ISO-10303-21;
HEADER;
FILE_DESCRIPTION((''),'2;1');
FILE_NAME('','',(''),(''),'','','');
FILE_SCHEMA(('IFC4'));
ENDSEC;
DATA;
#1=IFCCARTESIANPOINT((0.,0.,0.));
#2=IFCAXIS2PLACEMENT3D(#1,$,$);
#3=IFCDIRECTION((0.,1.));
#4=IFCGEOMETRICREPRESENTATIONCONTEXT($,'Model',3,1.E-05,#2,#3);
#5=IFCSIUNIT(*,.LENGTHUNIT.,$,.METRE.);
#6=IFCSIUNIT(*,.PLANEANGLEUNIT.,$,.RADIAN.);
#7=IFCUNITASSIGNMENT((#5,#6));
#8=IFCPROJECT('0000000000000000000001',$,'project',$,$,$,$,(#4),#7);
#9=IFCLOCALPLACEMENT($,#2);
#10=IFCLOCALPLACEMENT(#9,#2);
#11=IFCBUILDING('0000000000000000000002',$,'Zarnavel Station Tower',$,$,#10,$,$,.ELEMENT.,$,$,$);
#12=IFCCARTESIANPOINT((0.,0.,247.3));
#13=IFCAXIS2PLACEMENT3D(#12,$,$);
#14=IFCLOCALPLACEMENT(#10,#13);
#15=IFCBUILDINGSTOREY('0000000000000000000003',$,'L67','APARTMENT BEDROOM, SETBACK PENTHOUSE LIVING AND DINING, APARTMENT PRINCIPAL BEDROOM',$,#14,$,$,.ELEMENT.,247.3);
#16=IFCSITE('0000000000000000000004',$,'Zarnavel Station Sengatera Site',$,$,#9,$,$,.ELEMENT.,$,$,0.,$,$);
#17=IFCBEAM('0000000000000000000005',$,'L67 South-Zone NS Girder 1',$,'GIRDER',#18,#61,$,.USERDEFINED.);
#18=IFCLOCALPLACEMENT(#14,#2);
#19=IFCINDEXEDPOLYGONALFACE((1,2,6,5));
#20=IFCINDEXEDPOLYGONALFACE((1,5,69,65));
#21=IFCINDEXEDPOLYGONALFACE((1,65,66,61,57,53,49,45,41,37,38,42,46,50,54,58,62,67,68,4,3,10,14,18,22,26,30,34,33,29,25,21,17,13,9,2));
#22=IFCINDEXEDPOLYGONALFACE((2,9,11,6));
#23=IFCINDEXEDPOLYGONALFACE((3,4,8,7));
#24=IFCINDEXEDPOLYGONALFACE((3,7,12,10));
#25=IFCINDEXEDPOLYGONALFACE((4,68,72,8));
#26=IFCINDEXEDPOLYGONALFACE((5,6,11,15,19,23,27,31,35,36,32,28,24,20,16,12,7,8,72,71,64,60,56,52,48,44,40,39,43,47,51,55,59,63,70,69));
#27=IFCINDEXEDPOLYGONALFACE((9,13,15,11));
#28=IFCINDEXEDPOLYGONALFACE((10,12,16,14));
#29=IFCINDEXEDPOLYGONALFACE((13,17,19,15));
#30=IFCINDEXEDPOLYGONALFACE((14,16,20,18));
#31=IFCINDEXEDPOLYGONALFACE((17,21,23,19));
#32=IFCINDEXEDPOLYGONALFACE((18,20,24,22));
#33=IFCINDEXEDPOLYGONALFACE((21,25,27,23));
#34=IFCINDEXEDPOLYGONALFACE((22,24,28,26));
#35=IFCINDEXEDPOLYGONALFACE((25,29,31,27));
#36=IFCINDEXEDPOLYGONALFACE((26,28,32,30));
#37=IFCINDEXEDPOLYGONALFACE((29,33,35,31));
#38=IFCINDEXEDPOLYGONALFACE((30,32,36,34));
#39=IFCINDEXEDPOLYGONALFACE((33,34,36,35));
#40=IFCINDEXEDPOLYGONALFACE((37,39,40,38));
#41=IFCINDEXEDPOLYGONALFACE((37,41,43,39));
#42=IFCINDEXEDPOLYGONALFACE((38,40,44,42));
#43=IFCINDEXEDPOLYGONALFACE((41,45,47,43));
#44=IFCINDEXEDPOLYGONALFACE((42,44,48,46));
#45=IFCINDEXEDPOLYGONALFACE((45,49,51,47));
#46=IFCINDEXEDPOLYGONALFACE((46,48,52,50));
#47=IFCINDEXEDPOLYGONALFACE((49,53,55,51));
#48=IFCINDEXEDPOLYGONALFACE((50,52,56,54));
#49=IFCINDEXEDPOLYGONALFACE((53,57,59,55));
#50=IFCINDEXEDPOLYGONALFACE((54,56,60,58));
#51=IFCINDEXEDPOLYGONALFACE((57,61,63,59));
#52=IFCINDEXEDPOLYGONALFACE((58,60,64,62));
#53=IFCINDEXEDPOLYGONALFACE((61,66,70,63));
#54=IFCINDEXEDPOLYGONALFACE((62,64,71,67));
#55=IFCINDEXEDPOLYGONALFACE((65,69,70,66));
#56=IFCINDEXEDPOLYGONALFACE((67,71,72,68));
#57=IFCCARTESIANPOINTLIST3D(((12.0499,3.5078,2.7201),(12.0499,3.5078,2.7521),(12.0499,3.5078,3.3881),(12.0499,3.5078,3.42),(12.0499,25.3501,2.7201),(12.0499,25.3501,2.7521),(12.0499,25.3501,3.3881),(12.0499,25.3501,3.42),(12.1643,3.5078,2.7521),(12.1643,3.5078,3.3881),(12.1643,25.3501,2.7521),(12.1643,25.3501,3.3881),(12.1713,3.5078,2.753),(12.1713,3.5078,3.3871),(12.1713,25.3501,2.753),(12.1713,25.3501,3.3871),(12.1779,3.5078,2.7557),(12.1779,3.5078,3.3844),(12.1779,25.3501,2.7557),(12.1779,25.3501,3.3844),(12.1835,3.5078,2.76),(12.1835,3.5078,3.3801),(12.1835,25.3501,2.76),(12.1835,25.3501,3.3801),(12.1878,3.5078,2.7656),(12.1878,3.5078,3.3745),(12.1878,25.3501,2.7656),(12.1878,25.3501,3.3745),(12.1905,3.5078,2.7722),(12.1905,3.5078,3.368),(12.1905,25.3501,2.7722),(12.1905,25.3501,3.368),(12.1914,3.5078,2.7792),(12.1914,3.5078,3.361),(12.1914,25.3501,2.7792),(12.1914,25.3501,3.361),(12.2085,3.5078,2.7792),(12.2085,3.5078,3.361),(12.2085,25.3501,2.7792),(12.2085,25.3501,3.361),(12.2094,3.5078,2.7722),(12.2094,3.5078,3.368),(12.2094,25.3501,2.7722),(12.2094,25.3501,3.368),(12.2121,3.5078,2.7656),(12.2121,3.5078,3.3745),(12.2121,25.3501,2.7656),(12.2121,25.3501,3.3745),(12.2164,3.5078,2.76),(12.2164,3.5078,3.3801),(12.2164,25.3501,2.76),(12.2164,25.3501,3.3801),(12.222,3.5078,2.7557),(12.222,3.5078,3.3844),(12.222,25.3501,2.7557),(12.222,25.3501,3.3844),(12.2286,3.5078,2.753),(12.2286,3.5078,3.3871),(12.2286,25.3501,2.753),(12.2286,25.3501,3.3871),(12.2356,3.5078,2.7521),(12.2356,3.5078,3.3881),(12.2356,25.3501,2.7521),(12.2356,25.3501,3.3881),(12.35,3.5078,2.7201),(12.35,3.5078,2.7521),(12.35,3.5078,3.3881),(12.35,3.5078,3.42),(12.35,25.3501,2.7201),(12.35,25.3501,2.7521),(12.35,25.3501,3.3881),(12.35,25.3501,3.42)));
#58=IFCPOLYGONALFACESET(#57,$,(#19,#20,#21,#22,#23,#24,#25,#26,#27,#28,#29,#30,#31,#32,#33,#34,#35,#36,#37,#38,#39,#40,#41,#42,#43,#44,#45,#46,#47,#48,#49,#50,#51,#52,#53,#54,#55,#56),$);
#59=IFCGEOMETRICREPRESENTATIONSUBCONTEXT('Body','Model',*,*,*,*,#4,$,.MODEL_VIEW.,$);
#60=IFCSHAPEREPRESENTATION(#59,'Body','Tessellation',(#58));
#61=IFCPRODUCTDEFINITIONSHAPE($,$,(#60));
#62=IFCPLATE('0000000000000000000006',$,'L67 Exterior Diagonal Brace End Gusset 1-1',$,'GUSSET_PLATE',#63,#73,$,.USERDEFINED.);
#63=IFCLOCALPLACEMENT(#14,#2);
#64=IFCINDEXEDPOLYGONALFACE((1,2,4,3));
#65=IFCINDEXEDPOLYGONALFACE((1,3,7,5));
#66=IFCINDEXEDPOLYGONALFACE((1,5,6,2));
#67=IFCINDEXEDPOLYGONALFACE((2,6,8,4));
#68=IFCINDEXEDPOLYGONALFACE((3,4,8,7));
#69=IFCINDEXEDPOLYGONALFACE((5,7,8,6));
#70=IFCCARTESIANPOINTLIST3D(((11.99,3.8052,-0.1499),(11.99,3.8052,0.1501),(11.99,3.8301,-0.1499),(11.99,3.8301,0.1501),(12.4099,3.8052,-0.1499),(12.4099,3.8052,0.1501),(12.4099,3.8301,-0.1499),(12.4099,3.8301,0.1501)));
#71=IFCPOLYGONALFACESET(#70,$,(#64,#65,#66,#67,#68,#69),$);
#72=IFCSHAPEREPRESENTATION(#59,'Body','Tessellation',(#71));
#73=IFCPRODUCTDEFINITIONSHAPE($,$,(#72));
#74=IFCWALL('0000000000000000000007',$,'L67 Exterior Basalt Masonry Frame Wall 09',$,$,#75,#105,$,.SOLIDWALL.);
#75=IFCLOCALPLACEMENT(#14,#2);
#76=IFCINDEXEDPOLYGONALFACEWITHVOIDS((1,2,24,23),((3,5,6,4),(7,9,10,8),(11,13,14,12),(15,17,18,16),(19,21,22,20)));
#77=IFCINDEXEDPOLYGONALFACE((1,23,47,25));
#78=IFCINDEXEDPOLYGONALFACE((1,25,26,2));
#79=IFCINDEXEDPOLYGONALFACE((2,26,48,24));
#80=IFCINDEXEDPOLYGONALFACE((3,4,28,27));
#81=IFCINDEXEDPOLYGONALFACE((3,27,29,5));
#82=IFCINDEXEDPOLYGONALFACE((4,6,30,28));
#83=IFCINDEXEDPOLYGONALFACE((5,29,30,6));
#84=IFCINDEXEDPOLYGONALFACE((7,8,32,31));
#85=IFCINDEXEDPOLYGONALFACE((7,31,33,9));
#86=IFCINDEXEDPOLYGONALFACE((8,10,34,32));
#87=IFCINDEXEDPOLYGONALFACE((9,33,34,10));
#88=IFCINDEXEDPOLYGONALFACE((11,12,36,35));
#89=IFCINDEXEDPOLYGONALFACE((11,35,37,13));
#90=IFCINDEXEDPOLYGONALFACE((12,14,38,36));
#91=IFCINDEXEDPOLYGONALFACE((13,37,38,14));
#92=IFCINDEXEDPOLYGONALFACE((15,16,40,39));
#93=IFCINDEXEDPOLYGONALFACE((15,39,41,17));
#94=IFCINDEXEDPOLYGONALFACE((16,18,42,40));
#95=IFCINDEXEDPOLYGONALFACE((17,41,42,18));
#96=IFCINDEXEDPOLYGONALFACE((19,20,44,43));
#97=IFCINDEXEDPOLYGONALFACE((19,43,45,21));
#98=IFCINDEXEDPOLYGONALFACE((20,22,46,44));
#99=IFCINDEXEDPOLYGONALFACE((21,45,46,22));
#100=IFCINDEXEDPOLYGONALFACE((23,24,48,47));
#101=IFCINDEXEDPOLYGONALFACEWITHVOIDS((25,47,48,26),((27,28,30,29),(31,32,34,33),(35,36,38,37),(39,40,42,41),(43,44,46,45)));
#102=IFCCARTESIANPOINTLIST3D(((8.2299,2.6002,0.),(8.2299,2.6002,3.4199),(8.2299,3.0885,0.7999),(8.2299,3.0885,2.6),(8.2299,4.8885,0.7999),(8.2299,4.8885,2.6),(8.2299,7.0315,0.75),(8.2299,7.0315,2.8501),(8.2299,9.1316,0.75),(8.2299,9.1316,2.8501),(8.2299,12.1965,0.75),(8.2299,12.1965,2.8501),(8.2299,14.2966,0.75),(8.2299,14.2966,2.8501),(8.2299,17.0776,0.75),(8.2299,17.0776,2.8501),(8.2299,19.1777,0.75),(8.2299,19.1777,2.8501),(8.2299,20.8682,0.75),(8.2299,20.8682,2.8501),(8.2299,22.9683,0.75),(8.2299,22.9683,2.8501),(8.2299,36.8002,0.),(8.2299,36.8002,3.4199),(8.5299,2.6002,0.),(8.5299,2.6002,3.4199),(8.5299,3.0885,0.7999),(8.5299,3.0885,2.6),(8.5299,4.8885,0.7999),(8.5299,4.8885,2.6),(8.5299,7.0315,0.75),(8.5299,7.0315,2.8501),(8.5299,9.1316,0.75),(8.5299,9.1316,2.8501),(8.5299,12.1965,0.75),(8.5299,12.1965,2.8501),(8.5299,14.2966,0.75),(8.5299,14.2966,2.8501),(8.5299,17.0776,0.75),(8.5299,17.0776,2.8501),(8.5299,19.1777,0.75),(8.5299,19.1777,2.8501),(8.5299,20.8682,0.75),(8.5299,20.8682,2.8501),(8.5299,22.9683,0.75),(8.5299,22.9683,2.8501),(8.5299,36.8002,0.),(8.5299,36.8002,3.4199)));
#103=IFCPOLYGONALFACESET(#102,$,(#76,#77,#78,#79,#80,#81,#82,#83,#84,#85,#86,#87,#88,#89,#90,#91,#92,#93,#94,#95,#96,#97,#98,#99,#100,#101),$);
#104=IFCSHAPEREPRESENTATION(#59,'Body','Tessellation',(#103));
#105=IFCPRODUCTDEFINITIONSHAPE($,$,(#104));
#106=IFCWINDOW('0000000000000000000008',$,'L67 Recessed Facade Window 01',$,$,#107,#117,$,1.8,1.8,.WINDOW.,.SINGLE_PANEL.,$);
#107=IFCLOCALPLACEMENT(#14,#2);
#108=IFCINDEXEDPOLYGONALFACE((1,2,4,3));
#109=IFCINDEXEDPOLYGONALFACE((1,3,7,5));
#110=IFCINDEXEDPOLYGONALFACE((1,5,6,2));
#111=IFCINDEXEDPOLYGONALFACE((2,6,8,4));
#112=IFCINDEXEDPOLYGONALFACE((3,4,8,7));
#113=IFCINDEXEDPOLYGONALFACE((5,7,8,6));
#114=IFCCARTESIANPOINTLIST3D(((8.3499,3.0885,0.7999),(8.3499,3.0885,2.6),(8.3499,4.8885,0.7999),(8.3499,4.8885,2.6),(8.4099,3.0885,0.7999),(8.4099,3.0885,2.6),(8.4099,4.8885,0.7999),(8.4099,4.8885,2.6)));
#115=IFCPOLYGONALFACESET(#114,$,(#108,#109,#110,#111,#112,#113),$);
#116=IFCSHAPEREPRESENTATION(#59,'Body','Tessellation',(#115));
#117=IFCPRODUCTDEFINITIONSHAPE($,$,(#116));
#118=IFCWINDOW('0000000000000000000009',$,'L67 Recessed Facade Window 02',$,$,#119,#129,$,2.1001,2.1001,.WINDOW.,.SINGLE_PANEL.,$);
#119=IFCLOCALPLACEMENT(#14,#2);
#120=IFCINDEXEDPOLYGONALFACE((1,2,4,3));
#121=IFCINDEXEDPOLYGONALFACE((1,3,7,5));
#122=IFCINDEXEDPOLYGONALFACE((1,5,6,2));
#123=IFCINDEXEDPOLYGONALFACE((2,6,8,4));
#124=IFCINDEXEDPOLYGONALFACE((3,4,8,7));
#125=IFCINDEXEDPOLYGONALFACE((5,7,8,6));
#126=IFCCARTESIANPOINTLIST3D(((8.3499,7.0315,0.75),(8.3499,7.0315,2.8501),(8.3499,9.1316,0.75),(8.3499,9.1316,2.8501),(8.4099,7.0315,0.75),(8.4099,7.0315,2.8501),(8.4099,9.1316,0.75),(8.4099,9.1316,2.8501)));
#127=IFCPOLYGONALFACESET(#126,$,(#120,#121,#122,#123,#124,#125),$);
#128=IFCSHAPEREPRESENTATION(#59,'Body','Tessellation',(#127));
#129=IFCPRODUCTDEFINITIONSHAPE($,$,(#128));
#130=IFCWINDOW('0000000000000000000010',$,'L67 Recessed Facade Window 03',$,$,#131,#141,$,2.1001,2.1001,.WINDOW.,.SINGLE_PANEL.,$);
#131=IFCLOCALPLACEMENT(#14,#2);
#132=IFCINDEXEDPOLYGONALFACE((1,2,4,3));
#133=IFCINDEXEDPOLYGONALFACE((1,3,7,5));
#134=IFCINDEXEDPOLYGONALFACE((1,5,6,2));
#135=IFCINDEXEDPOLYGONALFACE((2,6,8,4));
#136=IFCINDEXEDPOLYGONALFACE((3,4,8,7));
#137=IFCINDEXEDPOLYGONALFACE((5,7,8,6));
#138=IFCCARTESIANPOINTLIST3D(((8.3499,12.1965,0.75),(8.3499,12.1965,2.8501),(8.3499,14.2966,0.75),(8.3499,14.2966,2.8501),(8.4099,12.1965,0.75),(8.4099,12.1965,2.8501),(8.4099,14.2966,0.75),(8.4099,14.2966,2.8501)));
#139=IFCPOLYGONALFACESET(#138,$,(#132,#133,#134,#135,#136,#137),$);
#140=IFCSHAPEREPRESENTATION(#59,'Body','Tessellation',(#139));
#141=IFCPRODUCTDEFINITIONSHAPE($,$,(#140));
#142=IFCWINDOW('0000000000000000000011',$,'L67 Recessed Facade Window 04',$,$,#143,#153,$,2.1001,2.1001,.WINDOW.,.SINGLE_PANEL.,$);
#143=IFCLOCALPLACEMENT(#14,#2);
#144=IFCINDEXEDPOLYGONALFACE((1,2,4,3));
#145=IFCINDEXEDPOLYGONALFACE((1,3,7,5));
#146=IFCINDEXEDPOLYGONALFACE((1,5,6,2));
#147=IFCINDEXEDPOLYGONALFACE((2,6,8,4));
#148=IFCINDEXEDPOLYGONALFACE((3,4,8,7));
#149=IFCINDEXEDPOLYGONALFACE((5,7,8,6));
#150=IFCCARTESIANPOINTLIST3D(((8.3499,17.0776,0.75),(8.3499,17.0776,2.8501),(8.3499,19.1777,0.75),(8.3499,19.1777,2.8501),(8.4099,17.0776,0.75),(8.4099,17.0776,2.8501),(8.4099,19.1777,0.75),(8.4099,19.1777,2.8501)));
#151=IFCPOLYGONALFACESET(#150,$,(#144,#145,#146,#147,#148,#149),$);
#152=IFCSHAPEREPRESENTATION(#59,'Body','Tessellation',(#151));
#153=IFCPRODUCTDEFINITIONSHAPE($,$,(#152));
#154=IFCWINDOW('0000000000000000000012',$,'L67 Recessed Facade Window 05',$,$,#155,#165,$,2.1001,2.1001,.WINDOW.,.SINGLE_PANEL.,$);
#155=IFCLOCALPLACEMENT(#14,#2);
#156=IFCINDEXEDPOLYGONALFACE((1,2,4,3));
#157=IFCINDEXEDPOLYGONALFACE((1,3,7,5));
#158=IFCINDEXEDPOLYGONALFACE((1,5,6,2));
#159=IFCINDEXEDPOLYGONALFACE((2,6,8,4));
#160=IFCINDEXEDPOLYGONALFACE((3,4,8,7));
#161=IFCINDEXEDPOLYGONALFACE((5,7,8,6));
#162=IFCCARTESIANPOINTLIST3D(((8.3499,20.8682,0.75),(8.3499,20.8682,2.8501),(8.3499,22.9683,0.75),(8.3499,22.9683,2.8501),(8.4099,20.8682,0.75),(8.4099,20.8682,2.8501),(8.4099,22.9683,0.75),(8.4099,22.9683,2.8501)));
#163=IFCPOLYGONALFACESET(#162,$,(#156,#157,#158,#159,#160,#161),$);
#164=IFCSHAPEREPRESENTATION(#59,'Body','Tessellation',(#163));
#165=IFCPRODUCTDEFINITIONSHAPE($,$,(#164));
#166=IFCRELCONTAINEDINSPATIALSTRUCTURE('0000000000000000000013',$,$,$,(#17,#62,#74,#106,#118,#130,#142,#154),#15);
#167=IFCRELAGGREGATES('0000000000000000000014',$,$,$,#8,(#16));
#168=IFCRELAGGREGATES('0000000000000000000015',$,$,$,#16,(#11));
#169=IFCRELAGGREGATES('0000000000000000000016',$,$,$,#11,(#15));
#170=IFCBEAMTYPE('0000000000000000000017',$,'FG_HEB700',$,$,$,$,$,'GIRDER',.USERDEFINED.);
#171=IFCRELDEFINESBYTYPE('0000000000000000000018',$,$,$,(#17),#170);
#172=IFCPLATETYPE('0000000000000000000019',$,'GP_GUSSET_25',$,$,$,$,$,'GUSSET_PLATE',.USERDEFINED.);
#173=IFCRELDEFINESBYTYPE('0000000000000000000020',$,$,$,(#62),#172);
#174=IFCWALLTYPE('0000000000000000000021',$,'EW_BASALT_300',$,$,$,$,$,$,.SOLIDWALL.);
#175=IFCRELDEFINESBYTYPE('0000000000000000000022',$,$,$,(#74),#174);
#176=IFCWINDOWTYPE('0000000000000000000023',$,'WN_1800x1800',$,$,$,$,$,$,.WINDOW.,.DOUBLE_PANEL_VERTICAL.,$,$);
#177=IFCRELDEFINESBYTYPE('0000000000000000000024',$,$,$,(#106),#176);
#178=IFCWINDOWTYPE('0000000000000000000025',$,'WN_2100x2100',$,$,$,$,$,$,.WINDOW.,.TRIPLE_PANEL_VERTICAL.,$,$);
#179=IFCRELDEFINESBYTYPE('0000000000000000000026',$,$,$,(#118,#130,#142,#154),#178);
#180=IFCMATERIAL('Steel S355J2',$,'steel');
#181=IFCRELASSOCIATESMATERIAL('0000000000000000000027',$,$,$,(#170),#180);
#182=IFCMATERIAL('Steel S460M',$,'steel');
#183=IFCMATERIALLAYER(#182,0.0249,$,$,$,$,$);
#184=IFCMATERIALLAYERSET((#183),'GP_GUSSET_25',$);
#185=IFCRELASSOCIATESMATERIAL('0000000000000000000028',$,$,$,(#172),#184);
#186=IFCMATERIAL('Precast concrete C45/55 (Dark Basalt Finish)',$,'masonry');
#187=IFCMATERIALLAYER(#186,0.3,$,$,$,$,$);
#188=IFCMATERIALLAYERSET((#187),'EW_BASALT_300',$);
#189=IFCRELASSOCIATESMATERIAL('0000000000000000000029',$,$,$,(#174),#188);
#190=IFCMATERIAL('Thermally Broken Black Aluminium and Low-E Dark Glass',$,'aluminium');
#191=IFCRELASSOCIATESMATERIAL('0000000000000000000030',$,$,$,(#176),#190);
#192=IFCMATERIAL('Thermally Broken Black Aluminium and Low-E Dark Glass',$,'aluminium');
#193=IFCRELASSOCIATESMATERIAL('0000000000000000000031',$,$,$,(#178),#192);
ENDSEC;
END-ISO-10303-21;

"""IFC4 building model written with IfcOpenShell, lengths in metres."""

from ifc_helpers import new_model, si_unit, direction, frame, frame_2d, origin, origin_2d, place, context, subcontext, project, spatial, rectangle, i_section, extrude, material, layer, layer_set, material_profile, profile_set, type_object, element, fill, save


model = new_model("IFC4")

# Units and contexts
model_context = context("Model", 3, precision=1e-05, world=origin(), true_north=direction((0.0, 1.0)))
body_context = subcontext(model_context, "Body", "Model", "MODEL_VIEW")
ifc_project = project(units=[si_unit("LENGTHUNIT", "METRE"), si_unit("PLANEANGLEUNIT", "RADIAN")], contexts=[model_context])

# Site, building, storey
site_placement = place(None, origin())
site = spatial("IfcSite", under=ifc_project, at=site_placement, Name="Zarnavel Station Sengatera Site", CompositionType="ELEMENT", RefElevation=0.0)
building_placement = place(site_placement, origin())
building = spatial("IfcBuilding", under=site, at=building_placement, Name="Zarnavel Station Tower", CompositionType="ELEMENT")
storey_placement = place(building_placement, frame((0.0, 0.0, 247.3)))
storey = spatial("IfcBuildingStorey", under=building, at=storey_placement, Name="L67", Description="APARTMENT BEDROOM, SETBACK PENTHOUSE LIVING AND DINING, APARTMENT PRINCIPAL BEDROOM", CompositionType="ELEMENT", Elevation=247.3)

# Beam
ifc_material_1 = material(Name="Steel S355J2", Category="steel")
ifc_material_profile_1 = material_profile(ifc_material_1, i_section(OverallWidth=0.3, OverallDepth=0.7, WebThickness=0.0171, FlangeThickness=0.032, FilletRadius=0.0271, at=origin_2d()), Name="HEB700")
ifc_profile_set_1 = profile_set([ifc_material_profile_1], Name="Steel S355J2")
beam_type_1 = type_object("IfcBeamType", Name="FG_HEB700", ElementType="GIRDER", PredefinedType="USERDEFINED", material=ifc_profile_set_1)
beam_1_placement = place(storey_placement, frame((12.2, 3.5078, 3.0701), z_axis=(0.0, 1.0, 0.0), x_axis=(-1.0, 0.0, 0.0)))
element("IfcBeam", 1, at=beam_1_placement, inside=storey, type_object=beam_type_1, Name="L67 South-Zone NS Girder 1", ObjectType="GIRDER", PredefinedType="USERDEFINED", context=body_context, shape_type="SweptSolid", body=[
    extrude(i_section(OverallWidth=0.3, OverallDepth=0.7, WebThickness=0.0171, FlangeThickness=0.032, FilletRadius=0.0271, at=origin_2d()), origin(), (0.0, 0.0, 1.0), 21.8423),
])

# Plate
ifc_material_2 = material(Name="Steel S460M", Category="steel")
ifc_layer_1 = layer(ifc_material_2, 0.0249)
ifc_layer_set_1 = layer_set([ifc_layer_1], Name="GP_GUSSET_25")
plate_type = type_object("IfcPlateType", Name="GP_GUSSET_25", ElementType="GUSSET_PLATE", PredefinedType="USERDEFINED", material=ifc_layer_set_1)
plate_placement = place(storey_placement, frame((12.2, 3.8176, -0.1499), z_axis=(0.0, 0.0, 1.0), x_axis=(1.0, 0.0, 0.0)))
element("IfcPlate", 2, at=plate_placement, inside=storey, type_object=plate_type, Name="L67 Exterior Diagonal Brace End Gusset 1-1", ObjectType="GUSSET_PLATE", PredefinedType="USERDEFINED", context=body_context, shape_type="SweptSolid", body=[
    extrude(rectangle(XDim=0.4199, YDim=0.0249, at=origin_2d()), origin(), (0.0, 0.0, 1.0), 0.3),
])

# Wall, openings, windows
ifc_material_3 = material(Name="Precast concrete C45/55 (Dark Basalt Finish)", Category="masonry")
ifc_layer_2 = layer(ifc_material_3, 0.3)
ifc_layer_set_2 = layer_set([ifc_layer_2], Name="EW_BASALT_300")
wall_type_1 = type_object("IfcWallType", Name="EW_BASALT_300", PredefinedType="SOLIDWALL", material=ifc_layer_set_2)
wall_1_placement = place(storey_placement, frame((8.3799, 2.6001, 0.0), z_axis=(0.0, 0.0, 1.0), x_axis=(0.0, 1.0, 0.0)))
wall_1 = element("IfcWall", 3, at=wall_1_placement, inside=storey, type_object=wall_type_1, Name="L67 Exterior Basalt Masonry Frame Wall 09", PredefinedType="SOLIDWALL", context=body_context, shape_type="SweptSolid", body=[
    extrude(rectangle(XDim=34.2, YDim=0.3, at=frame_2d((17.1001, 0.0))), origin(), (0.0, 0.0, 1.0), 3.4199),
])
opening_1_placement = place(wall_1_placement, frame((0.4885, 0.0, 0.8)))
opening_1 = element("IfcOpeningElement", 4, at=opening_1_placement, cuts=wall_1, PredefinedType="OPENING", context=body_context, shape_type="SweptSolid", body=[
    extrude(rectangle(XDim=1.8, YDim=1.8, at=frame_2d((0.8999, 0.8999))), frame((0.0, 0.1599, 0.0), z_axis=(0.0, -1.0, 0.0), x_axis=(1.0, 0.0, 0.0)), (0.0, 0.0, 1.0), 0.3201),
])
opening_2_placement = place(wall_1_placement, frame((4.4314, 0.0, 0.75)))
opening_2 = element("IfcOpeningElement", 5, at=opening_2_placement, cuts=wall_1, PredefinedType="OPENING", context=body_context, shape_type="SweptSolid", body=[
    extrude(rectangle(XDim=2.1001, YDim=2.1001, at=frame_2d((1.05, 1.05))), frame((0.0, 0.1599, 0.0), z_axis=(0.0, -1.0, 0.0), x_axis=(1.0, 0.0, 0.0)), (0.0, 0.0, 1.0), 0.3201),
])
opening_3_placement = place(wall_1_placement, frame((9.5964, 0.0, 0.75)))
opening_3 = element("IfcOpeningElement", 6, at=opening_3_placement, cuts=wall_1, PredefinedType="OPENING", context=body_context, shape_type="SweptSolid", body=[
    extrude(rectangle(XDim=2.1001, YDim=2.1001, at=frame_2d((1.05, 1.05))), frame((0.0, 0.1599, 0.0), z_axis=(0.0, -1.0, 0.0), x_axis=(1.0, 0.0, 0.0)), (0.0, 0.0, 1.0), 0.3201),
])
opening_4_placement = place(wall_1_placement, frame((14.4775, 0.0, 0.75)))
opening_4 = element("IfcOpeningElement", 7, at=opening_4_placement, cuts=wall_1, PredefinedType="OPENING", context=body_context, shape_type="SweptSolid", body=[
    extrude(rectangle(XDim=2.1001, YDim=2.1001, at=frame_2d((1.05, 1.05))), frame((0.0, 0.1599, 0.0), z_axis=(0.0, -1.0, 0.0), x_axis=(1.0, 0.0, 0.0)), (0.0, 0.0, 1.0), 0.3201),
])
opening_5_placement = place(wall_1_placement, frame((18.2681, 0.0, 0.75)))
opening_5 = element("IfcOpeningElement", 8, at=opening_5_placement, cuts=wall_1, PredefinedType="OPENING", context=body_context, shape_type="SweptSolid", body=[
    extrude(rectangle(XDim=2.1001, YDim=2.1001, at=frame_2d((1.05, 1.05))), frame((0.0, 0.1599, 0.0), z_axis=(0.0, -1.0, 0.0), x_axis=(1.0, 0.0, 0.0)), (0.0, 0.0, 1.0), 0.3201),
])
ifc_material_4 = material(Name="Thermally Broken Black Aluminium and Low-E Dark Glass", Category="aluminium")
window_type_1 = type_object("IfcWindowType", Name="WN_1800x1800", PartitioningType="DOUBLE_PANEL_VERTICAL", PredefinedType="WINDOW", material=ifc_material_4)
window_1_placement = place(opening_1_placement, origin())
window_1 = element("IfcWindow", 9, at=window_1_placement, inside=storey, type_object=window_type_1, Name="L67 Recessed Facade Window 01", OverallHeight=1.8, OverallWidth=1.8, PartitioningType="SINGLE_PANEL", PredefinedType="WINDOW", context=body_context, shape_type="SweptSolid", body=[
    extrude(rectangle(XDim=1.8, YDim=1.8, at=frame_2d((0.8999, 0.8999))), frame((0.0, 0.03, 0.0), z_axis=(0.0, -1.0, 0.0), x_axis=(1.0, 0.0, 0.0)), (0.0, 0.0, 1.0), 0.0601),
])
fill(opening_1, window_1)
ifc_material_5 = material(Name="Thermally Broken Black Aluminium and Low-E Dark Glass", Category="aluminium")
window_type_2 = type_object("IfcWindowType", Name="WN_2100x2100", PartitioningType="TRIPLE_PANEL_VERTICAL", PredefinedType="WINDOW", material=ifc_material_5)
window_2_placement = place(opening_2_placement, origin())
window_2 = element("IfcWindow", 10, at=window_2_placement, inside=storey, type_object=window_type_2, Name="L67 Recessed Facade Window 02", OverallHeight=2.1001, OverallWidth=2.1001, PartitioningType="SINGLE_PANEL", PredefinedType="WINDOW", context=body_context, shape_type="SweptSolid", body=[
    extrude(rectangle(XDim=2.1001, YDim=2.1001, at=frame_2d((1.05, 1.05))), frame((0.0, 0.03, 0.0), z_axis=(0.0, -1.0, 0.0), x_axis=(1.0, 0.0, 0.0)), (0.0, 0.0, 1.0), 0.0601),
])
fill(opening_2, window_2)
window_3_placement = place(opening_3_placement, origin())
window_3 = element("IfcWindow", 11, at=window_3_placement, inside=storey, type_object=window_type_2, Name="L67 Recessed Facade Window 03", OverallHeight=2.1001, OverallWidth=2.1001, PartitioningType="SINGLE_PANEL", PredefinedType="WINDOW", context=body_context, shape_type="SweptSolid", body=[
    extrude(rectangle(XDim=2.1001, YDim=2.1001, at=frame_2d((1.05, 1.05))), frame((0.0, 0.03, 0.0), z_axis=(0.0, -1.0, 0.0), x_axis=(1.0, 0.0, 0.0)), (0.0, 0.0, 1.0), 0.0601),
])
fill(opening_3, window_3)
window_4_placement = place(opening_4_placement, origin())
window_4 = element("IfcWindow", 12, at=window_4_placement, inside=storey, type_object=window_type_2, Name="L67 Recessed Facade Window 04", OverallHeight=2.1001, OverallWidth=2.1001, PartitioningType="SINGLE_PANEL", PredefinedType="WINDOW", context=body_context, shape_type="SweptSolid", body=[
    extrude(rectangle(XDim=2.1001, YDim=2.1001, at=frame_2d((1.05, 1.05))), frame((0.0, 0.03, 0.0), z_axis=(0.0, -1.0, 0.0), x_axis=(1.0, 0.0, 0.0)), (0.0, 0.0, 1.0), 0.0601),
])
fill(opening_4, window_4)
window_5_placement = place(opening_5_placement, origin())
window_5 = element("IfcWindow", 13, at=window_5_placement, inside=storey, type_object=window_type_2, Name="L67 Recessed Facade Window 05", OverallHeight=2.1001, OverallWidth=2.1001, PartitioningType="SINGLE_PANEL", PredefinedType="WINDOW", context=body_context, shape_type="SweptSolid", body=[
    extrude(rectangle(XDim=2.1001, YDim=2.1001, at=frame_2d((1.05, 1.05))), frame((0.0, 0.03, 0.0), z_axis=(0.0, -1.0, 0.0), x_axis=(1.0, 0.0, 0.0)), (0.0, 0.0, 1.0), 0.0601),
])
fill(opening_5, window_5)

save(model, "model.ifc")
